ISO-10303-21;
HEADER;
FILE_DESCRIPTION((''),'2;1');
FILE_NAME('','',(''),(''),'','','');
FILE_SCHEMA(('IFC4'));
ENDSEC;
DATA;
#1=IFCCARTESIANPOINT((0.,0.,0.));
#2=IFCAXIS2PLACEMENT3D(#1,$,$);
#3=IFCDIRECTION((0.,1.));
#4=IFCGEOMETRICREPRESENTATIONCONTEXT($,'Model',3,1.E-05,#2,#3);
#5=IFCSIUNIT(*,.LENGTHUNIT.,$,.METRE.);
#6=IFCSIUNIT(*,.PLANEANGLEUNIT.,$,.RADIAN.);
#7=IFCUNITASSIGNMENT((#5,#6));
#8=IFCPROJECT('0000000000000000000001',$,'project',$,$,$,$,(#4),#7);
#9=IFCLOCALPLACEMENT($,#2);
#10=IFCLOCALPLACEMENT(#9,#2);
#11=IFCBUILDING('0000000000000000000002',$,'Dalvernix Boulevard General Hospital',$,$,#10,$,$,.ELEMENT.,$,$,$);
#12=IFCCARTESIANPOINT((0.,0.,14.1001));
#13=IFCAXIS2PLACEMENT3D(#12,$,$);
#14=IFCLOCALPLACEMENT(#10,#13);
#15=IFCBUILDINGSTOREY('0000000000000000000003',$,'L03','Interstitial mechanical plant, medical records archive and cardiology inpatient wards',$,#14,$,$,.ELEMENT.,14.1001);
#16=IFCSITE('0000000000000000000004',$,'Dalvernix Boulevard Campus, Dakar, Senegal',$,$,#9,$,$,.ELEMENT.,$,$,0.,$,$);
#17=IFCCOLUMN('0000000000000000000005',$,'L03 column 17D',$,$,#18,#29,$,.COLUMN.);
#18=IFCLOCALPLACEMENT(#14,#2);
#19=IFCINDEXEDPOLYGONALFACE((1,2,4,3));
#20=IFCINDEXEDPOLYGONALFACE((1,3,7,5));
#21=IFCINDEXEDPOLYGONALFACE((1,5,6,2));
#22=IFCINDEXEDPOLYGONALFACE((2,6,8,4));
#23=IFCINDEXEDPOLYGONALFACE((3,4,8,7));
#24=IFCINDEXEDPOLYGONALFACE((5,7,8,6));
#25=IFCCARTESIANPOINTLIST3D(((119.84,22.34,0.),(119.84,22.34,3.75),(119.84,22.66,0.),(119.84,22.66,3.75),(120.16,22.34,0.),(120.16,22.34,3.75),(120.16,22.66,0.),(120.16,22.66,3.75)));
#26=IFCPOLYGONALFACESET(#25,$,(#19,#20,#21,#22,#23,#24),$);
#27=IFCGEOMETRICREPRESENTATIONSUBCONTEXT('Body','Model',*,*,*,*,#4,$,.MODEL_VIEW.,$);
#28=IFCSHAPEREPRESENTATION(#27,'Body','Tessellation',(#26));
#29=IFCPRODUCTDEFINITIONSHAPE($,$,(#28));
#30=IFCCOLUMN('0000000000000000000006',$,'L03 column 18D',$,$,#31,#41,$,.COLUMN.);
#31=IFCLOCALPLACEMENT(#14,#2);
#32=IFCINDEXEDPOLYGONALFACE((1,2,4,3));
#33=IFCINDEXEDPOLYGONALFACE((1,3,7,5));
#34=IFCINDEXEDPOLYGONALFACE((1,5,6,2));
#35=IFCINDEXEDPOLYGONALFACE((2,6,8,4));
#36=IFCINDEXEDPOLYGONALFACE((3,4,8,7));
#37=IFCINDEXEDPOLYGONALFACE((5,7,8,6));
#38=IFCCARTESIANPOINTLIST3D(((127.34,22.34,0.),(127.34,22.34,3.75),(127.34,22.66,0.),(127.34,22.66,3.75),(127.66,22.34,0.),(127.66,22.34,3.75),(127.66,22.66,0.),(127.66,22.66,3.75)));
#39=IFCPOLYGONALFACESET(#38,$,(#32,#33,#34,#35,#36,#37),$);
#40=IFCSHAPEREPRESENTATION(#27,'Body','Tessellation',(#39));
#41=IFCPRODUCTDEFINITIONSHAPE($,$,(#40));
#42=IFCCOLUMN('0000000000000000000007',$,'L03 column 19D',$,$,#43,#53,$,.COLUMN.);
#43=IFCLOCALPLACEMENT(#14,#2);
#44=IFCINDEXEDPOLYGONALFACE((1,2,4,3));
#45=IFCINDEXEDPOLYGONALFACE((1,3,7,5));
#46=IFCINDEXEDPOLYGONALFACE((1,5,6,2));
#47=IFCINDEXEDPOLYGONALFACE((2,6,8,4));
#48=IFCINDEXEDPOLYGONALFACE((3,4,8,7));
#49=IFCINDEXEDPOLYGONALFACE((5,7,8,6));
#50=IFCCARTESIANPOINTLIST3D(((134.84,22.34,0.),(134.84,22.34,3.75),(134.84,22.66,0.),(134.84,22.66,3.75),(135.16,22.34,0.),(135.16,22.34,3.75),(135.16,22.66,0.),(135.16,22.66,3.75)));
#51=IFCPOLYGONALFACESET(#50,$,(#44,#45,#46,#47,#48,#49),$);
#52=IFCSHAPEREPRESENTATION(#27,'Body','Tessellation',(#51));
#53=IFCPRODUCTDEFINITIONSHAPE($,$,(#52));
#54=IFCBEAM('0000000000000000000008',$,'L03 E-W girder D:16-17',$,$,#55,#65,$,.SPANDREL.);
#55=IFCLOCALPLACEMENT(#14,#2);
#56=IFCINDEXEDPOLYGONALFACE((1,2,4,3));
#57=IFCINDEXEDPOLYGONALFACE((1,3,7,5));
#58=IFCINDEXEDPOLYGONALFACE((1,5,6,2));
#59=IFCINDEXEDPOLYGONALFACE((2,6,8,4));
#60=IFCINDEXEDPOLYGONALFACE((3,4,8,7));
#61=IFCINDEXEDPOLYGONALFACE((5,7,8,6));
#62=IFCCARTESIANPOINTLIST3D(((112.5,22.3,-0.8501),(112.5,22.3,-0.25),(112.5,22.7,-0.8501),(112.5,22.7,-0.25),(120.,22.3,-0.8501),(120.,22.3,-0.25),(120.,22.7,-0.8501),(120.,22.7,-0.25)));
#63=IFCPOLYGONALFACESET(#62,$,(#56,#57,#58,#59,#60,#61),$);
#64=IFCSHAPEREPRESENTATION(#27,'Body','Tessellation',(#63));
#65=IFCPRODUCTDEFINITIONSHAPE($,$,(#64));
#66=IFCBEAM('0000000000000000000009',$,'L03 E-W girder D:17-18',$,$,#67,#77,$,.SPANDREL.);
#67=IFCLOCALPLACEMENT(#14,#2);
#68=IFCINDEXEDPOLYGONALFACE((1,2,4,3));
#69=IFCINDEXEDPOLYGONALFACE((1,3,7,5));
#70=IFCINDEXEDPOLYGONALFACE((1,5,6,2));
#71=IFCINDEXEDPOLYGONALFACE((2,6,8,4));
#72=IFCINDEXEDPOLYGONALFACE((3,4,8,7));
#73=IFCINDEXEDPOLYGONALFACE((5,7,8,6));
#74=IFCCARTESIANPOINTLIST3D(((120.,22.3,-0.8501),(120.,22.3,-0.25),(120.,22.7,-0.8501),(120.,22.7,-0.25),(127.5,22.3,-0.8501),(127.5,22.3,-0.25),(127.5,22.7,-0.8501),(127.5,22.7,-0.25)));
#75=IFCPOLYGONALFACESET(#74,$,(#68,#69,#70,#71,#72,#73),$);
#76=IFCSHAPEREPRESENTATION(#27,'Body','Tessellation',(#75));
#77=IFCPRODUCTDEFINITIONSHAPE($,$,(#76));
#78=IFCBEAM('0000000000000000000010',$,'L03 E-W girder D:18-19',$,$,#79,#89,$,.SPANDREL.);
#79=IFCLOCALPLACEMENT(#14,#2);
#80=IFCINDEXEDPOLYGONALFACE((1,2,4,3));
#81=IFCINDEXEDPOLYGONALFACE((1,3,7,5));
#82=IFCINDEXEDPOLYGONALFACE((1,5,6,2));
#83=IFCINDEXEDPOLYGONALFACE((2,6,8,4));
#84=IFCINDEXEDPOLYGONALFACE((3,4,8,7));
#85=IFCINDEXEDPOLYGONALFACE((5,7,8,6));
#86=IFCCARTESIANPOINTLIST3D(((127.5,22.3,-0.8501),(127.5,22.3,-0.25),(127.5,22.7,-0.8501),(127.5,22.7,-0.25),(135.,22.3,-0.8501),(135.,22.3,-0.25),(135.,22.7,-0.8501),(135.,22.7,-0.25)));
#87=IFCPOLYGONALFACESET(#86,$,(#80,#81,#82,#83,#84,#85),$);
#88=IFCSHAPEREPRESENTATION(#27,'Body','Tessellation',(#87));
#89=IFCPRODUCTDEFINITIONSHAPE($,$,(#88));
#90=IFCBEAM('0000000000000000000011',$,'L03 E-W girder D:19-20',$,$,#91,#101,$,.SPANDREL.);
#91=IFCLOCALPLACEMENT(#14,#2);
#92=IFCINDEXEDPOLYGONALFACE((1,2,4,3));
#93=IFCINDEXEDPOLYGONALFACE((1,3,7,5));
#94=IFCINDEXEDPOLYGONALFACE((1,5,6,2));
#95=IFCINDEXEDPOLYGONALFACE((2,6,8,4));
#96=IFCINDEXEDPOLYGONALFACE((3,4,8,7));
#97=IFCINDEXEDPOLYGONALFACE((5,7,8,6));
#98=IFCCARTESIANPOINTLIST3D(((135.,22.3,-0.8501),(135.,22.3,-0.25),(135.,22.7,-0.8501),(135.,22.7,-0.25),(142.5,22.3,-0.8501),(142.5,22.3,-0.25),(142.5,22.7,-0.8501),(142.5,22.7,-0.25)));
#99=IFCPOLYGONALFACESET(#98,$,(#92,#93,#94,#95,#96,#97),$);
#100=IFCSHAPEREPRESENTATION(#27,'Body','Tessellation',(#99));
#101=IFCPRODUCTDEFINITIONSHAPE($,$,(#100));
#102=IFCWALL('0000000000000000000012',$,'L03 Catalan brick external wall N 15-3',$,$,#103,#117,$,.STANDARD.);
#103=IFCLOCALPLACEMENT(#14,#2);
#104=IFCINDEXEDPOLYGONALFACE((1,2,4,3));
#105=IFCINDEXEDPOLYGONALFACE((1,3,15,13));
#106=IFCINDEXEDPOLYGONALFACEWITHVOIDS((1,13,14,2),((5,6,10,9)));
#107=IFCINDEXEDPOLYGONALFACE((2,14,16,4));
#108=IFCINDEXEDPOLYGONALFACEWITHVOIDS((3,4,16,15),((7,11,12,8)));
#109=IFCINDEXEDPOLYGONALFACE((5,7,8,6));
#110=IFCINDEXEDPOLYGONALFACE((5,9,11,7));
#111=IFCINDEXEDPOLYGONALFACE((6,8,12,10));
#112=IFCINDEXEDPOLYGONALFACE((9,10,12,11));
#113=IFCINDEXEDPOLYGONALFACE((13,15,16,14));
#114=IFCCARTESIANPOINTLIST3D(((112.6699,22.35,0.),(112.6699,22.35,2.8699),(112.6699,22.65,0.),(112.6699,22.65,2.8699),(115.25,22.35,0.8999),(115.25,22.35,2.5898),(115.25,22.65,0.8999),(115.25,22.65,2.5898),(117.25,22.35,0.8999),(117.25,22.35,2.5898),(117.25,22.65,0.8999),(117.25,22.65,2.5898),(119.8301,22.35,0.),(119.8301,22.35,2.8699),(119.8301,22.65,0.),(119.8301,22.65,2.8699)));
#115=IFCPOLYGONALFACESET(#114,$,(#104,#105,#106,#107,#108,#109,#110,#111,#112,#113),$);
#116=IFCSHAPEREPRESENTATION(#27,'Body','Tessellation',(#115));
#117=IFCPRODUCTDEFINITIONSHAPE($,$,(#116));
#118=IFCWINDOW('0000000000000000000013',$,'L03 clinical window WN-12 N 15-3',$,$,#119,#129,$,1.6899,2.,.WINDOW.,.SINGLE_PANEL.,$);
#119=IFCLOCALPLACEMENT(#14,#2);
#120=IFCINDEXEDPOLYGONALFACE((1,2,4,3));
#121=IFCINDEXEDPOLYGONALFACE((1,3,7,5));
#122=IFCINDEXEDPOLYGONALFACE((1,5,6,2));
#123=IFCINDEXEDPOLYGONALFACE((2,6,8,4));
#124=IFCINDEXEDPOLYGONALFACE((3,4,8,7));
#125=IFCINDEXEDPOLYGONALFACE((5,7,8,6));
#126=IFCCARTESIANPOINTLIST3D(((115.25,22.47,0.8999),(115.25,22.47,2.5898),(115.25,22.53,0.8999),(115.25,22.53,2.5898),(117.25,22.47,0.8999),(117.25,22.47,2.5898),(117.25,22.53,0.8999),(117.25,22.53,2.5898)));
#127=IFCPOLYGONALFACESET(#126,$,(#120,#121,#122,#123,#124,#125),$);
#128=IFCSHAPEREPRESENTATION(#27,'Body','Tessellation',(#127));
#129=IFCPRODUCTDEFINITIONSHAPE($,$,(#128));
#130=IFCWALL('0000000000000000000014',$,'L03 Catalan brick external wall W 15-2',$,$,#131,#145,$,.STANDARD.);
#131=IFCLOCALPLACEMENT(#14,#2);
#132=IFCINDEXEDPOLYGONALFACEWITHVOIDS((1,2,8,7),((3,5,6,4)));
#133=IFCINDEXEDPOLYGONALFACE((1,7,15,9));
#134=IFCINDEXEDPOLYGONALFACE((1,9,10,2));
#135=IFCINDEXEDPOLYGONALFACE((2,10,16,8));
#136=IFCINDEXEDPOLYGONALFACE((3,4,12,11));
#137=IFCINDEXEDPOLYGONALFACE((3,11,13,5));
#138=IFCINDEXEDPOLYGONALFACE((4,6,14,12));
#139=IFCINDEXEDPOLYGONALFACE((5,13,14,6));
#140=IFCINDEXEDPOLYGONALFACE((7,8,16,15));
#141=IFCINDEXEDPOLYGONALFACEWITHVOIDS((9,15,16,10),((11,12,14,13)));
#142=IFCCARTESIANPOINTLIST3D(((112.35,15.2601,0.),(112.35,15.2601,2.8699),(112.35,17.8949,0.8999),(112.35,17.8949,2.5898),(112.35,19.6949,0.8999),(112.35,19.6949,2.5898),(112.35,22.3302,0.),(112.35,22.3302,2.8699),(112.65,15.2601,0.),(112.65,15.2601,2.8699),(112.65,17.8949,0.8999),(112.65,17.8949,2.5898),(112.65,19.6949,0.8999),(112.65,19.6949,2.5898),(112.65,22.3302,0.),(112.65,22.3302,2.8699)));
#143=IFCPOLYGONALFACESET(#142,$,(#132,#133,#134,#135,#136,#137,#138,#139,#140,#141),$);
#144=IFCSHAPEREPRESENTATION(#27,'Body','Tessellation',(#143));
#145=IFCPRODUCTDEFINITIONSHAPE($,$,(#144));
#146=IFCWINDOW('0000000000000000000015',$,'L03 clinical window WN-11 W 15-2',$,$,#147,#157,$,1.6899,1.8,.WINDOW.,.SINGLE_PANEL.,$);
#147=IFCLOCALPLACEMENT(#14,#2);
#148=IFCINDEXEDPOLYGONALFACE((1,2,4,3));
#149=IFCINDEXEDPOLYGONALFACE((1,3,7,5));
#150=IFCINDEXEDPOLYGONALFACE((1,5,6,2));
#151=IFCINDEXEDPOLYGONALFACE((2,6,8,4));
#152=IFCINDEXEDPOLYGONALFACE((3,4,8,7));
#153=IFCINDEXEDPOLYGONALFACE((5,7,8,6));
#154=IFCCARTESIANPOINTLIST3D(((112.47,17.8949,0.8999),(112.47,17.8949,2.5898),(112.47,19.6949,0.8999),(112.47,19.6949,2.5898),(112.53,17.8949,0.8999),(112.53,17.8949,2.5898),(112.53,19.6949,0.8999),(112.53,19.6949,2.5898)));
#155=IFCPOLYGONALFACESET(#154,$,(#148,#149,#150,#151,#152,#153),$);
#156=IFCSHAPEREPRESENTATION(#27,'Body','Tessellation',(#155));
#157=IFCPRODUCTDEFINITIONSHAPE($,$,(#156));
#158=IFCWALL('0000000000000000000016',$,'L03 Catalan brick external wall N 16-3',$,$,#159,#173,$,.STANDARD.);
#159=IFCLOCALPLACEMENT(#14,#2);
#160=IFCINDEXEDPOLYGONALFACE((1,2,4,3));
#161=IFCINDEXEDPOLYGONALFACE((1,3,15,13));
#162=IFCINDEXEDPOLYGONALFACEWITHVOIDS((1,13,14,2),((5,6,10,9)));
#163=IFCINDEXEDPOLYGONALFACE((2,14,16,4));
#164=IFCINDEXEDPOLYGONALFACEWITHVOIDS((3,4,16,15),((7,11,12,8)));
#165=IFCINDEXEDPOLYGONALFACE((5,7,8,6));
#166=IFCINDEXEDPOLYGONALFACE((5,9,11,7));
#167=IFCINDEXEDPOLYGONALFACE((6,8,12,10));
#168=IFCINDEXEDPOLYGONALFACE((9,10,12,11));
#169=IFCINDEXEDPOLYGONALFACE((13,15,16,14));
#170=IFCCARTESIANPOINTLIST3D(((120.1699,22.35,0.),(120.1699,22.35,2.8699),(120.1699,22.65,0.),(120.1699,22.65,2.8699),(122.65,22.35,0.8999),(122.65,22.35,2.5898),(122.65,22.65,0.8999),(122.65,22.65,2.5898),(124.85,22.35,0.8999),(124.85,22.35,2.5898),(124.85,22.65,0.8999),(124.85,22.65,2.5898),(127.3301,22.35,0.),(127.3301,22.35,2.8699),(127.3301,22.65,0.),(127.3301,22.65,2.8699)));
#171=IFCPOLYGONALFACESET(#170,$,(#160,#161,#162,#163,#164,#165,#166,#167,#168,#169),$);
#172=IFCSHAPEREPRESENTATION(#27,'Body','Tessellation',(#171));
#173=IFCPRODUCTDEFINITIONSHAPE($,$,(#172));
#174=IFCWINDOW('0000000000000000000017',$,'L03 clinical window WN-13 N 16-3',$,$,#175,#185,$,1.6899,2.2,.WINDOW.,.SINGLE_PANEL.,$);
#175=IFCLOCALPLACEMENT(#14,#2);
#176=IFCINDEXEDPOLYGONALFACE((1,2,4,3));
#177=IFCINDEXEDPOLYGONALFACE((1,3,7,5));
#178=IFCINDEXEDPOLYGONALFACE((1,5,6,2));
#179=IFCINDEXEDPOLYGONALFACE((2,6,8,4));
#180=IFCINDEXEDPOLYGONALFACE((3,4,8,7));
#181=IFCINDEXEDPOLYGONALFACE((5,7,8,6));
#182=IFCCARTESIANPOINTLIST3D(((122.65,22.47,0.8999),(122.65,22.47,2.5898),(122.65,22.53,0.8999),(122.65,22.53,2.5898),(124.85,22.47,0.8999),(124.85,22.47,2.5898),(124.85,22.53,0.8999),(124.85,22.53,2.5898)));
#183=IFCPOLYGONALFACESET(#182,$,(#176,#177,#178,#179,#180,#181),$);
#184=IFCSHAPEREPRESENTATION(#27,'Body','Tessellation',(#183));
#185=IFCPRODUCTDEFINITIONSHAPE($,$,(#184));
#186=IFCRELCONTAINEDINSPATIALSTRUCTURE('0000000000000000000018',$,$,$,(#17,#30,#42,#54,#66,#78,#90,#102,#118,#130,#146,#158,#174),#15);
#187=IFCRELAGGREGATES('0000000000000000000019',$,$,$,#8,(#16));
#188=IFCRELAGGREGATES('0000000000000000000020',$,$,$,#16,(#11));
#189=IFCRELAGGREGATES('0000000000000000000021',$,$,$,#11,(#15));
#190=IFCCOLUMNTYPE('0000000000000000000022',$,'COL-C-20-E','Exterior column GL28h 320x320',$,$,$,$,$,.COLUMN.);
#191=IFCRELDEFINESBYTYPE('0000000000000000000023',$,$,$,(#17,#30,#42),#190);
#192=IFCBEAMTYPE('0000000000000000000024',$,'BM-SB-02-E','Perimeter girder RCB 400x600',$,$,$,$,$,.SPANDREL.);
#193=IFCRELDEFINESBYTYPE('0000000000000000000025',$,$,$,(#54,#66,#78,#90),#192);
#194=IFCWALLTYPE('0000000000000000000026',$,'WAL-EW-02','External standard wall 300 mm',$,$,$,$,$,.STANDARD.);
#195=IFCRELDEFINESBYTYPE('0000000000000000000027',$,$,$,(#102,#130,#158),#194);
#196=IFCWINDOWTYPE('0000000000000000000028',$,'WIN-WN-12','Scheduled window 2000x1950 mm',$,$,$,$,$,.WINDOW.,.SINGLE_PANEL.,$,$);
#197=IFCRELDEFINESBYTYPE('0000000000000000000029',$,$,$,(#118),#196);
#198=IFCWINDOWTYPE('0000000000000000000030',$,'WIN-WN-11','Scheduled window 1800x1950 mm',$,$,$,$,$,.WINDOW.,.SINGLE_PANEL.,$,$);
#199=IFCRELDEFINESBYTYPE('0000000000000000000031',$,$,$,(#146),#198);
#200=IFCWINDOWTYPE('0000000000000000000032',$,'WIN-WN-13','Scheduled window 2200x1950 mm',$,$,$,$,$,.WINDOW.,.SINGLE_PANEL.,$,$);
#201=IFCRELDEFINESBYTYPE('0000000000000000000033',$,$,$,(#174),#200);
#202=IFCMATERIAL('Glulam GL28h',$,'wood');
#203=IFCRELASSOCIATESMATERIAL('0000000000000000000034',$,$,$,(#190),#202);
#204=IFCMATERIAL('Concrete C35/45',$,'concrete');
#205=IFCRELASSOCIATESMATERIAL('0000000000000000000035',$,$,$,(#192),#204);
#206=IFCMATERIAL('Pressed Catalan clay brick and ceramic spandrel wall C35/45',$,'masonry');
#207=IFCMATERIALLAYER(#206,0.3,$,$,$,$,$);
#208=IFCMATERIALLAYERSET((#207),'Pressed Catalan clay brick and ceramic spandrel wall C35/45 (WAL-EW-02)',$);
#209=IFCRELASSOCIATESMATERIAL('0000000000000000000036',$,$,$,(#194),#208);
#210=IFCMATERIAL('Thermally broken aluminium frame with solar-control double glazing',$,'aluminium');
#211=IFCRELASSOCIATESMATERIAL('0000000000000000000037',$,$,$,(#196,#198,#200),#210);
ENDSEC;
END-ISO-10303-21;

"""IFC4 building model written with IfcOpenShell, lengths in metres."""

from ifc_helpers import new_model, si_unit, direction, frame, frame_2d, origin, origin_2d, place, context, subcontext, project, spatial, rectangle, extrude, material, layer, layer_set, material_profile, profile_set, type_object, element, fill, save


model = new_model("IFC4")

# Units and contexts
model_context = context("Model", 3, precision=1e-05, world=origin(), true_north=direction((0.0, 1.0)))
body_context = subcontext(model_context, "Body", "Model", "MODEL_VIEW")
ifc_project = project(units=[si_unit("LENGTHUNIT", "METRE"), si_unit("PLANEANGLEUNIT", "RADIAN")], contexts=[model_context])

# Site, building, storey
site_placement = place(None, origin())
site = spatial("IfcSite", under=ifc_project, at=site_placement, Name="Dalvernix Boulevard Campus, Dakar, Senegal", CompositionType="ELEMENT", RefElevation=0.0)
building_placement = place(site_placement, origin())
building = spatial("IfcBuilding", under=site, at=building_placement, Name="Dalvernix Boulevard General Hospital", CompositionType="ELEMENT")
storey_placement = place(building_placement, frame((0.0, 0.0, 14.1001)))
storey = spatial("IfcBuildingStorey", under=building, at=storey_placement, Name="L03", Description="Interstitial mechanical plant, medical records archive and cardiology inpatient wards", CompositionType="ELEMENT", Elevation=14.1001)

# Columns
ifc_material_1 = material(Name="Glulam GL28h", Category="wood")
ifc_material_profile_1 = material_profile(ifc_material_1, rectangle(XDim=0.3201, YDim=0.3201, at=origin_2d()), Name="GL28h 320x320")
ifc_profile_set_1 = profile_set([ifc_material_profile_1], Name="Glulam GL28h")
column_type = type_object("IfcColumnType", Name="COL-C-20-E", Description="Exterior column GL28h 320x320", PredefinedType="COLUMN", material=ifc_profile_set_1)
for number, where, z_axis, x_axis, name in (
    (1, (120.0, 22.5, 0.0), (0.0, 0.0, 1.0), (1.0, 0.0, 0.0), "L03 column 17D"),
    (2, (127.5, 22.5, 0.0), (0.0, 0.0, 1.0), (1.0, 0.0, 0.0), "L03 column 18D"),
    (3, (135.0, 22.5, 0.0), (0.0, 0.0, 1.0), (1.0, 0.0, 0.0), "L03 column 19D"),
):
    element("IfcColumn", number, at=place(storey_placement, frame(where, z_axis=z_axis, x_axis=x_axis)), inside=storey, type_object=column_type, Name=name, PredefinedType="COLUMN", context=body_context, shape_type="SweptSolid", body=[
        extrude(rectangle(XDim=0.3201, YDim=0.3201, at=origin_2d()), origin(), (0.0, 0.0, 1.0), 3.75),
    ])

# Beams
ifc_material_2 = material(Name="Concrete C35/45", Category="concrete")
ifc_material_profile_2 = material_profile(ifc_material_2, rectangle(XDim=0.3999, YDim=0.6001, at=origin_2d()), Name="RCB 400x600")
ifc_profile_set_2 = profile_set([ifc_material_profile_2], Name="Concrete C35/45")
beam_type = type_object("IfcBeamType", Name="BM-SB-02-E", Description="Perimeter girder RCB 400x600", PredefinedType="SPANDREL", material=ifc_profile_set_2)
for number, where, z_axis, x_axis, name in (
    (4, (112.5, 22.5, -0.55), (1.0, 0.0, 0.0), (0.0, 1.0, 0.0), "L03 E-W girder D:16-17"),
    (5, (120.0, 22.5, -0.55), (1.0, 0.0, 0.0), (0.0, 1.0, 0.0), "L03 E-W girder D:17-18"),
    (6, (127.5, 22.5, -0.55), (1.0, 0.0, 0.0), (0.0, 1.0, 0.0), "L03 E-W girder D:18-19"),
    (7, (135.0, 22.5, -0.55), (1.0, 0.0, 0.0), (0.0, 1.0, 0.0), "L03 E-W girder D:19-20"),
):
    element("IfcBeam", number, at=place(storey_placement, frame(where, z_axis=z_axis, x_axis=x_axis)), inside=storey, type_object=beam_type, Name=name, PredefinedType="SPANDREL", context=body_context, shape_type="SweptSolid", body=[
        extrude(rectangle(XDim=0.3999, YDim=0.6001, at=origin_2d()), origin(), (0.0, 0.0, 1.0), 7.5),
    ])

# Walls, openings, windows
ifc_material_3 = material(Name="Pressed Catalan clay brick and ceramic spandrel wall C35/45", Category="masonry")
ifc_layer_1 = layer(ifc_material_3, 0.3)
ifc_layer_set_1 = layer_set([ifc_layer_1], Name="Pressed Catalan clay brick and ceramic spandrel wall C35/45 (WAL-EW-02)")
wall_type_1 = type_object("IfcWallType", Name="WAL-EW-02", Description="External standard wall 300 mm", PredefinedType="STANDARD", material=ifc_layer_set_1)
wall_1_placement = place(storey_placement, frame((112.6699, 22.5, 0.0), z_axis=(0.0, 0.0, 1.0), x_axis=(1.0, 0.0, 0.0)))
wall_1 = element("IfcWall", 8, at=wall_1_placement, inside=storey, type_object=wall_type_1, Name="L03 Catalan brick external wall N 15-3", PredefinedType="STANDARD", context=body_context, shape_type="SweptSolid", body=[
    extrude(rectangle(XDim=7.1602, YDim=0.3, at=frame_2d((3.5801, 0.0))), origin(), (0.0, 0.0, 1.0), 2.8699),
])
opening_1_placement = place(wall_1_placement, frame((2.5801, 0.0, 0.8999)))
opening_1 = element("IfcOpeningElement", 9, at=opening_1_placement, cuts=wall_1, PredefinedType="OPENING", context=body_context, shape_type="SweptSolid", body=[
    extrude(rectangle(XDim=2.0, YDim=1.6899, at=frame_2d((1.0, 0.845))), frame((0.0, 0.1599, 0.0), z_axis=(0.0, -1.0, 0.0), x_axis=(1.0, 0.0, 0.0)), (0.0, 0.0, 1.0), 0.3201),
])
ifc_material_4 = material(Name="Thermally broken aluminium frame with solar-control double glazing", Category="aluminium")
window_type_1 = type_object("IfcWindowType", Name="WIN-WN-12", Description="Scheduled window 2000x1950 mm", PartitioningType="SINGLE_PANEL", PredefinedType="WINDOW", material=ifc_material_4)
window_1_placement = place(opening_1_placement, origin())
window_1 = element("IfcWindow", 10, at=window_1_placement, inside=storey, type_object=window_type_1, Name="L03 clinical window WN-12 N 15-3", OverallHeight=1.6899, OverallWidth=2.0, PartitioningType="SINGLE_PANEL", PredefinedType="WINDOW", context=body_context, shape_type="SweptSolid", body=[
    extrude(rectangle(XDim=2.0, YDim=1.6899, at=frame_2d((1.0, 0.845))), frame((0.0, 0.03, 0.0), z_axis=(0.0, -1.0, 0.0), x_axis=(1.0, 0.0, 0.0)), (0.0, 0.0, 1.0), 0.0601),
])
fill(opening_1, window_1)
wall_2_placement = place(storey_placement, frame((112.5, 15.26, 0.0), z_axis=(0.0, 0.0, 1.0), x_axis=(0.0, 1.0, 0.0)))
wall_2 = element("IfcWall", 11, at=wall_2_placement, inside=storey, type_object=wall_type_1, Name="L03 Catalan brick external wall W 15-2", PredefinedType="STANDARD", context=body_context, shape_type="SweptSolid", body=[
    extrude(rectangle(XDim=7.0701, YDim=0.3, at=frame_2d((3.5352, 0.0))), origin(), (0.0, 0.0, 1.0), 2.8699),
])
opening_2_placement = place(wall_2_placement, frame((2.635, 0.0, 0.8999)))
opening_2 = element("IfcOpeningElement", 12, at=opening_2_placement, cuts=wall_2, PredefinedType="OPENING", context=body_context, shape_type="SweptSolid", body=[
    extrude(rectangle(XDim=1.8, YDim=1.6899, at=frame_2d((0.8999, 0.845))), frame((0.0, 0.1599, 0.0), z_axis=(0.0, -1.0, 0.0), x_axis=(1.0, 0.0, 0.0)), (0.0, 0.0, 1.0), 0.3201),
])
window_type_2 = type_object("IfcWindowType", Name="WIN-WN-11", Description="Scheduled window 1800x1950 mm", PartitioningType="SINGLE_PANEL", PredefinedType="WINDOW", material=ifc_material_4)
window_2_placement = place(opening_2_placement, origin())
window_2 = element("IfcWindow", 13, at=window_2_placement, inside=storey, type_object=window_type_2, Name="L03 clinical window WN-11 W 15-2", OverallHeight=1.6899, OverallWidth=1.8, PartitioningType="SINGLE_PANEL", PredefinedType="WINDOW", context=body_context, shape_type="SweptSolid", body=[
    extrude(rectangle(XDim=1.8, YDim=1.6899, at=frame_2d((0.8999, 0.845))), frame((0.0, 0.03, 0.0), z_axis=(0.0, -1.0, 0.0), x_axis=(1.0, 0.0, 0.0)), (0.0, 0.0, 1.0), 0.0601),
])
fill(opening_2, window_2)
wall_3_placement = place(storey_placement, frame((120.1699, 22.5, 0.0), z_axis=(0.0, 0.0, 1.0), x_axis=(1.0, 0.0, 0.0)))
wall_3 = element("IfcWall", 14, at=wall_3_placement, inside=storey, type_object=wall_type_1, Name="L03 Catalan brick external wall N 16-3", PredefinedType="STANDARD", context=body_context, shape_type="SweptSolid", body=[
    extrude(rectangle(XDim=7.1602, YDim=0.3, at=frame_2d((3.5801, 0.0))), origin(), (0.0, 0.0, 1.0), 2.8699),
])
opening_3_placement = place(wall_3_placement, frame((2.48, 0.0, 0.8999)))
opening_3 = element("IfcOpeningElement", 15, at=opening_3_placement, cuts=wall_3, PredefinedType="OPENING", context=body_context, shape_type="SweptSolid", body=[
    extrude(rectangle(XDim=2.2, YDim=1.6899, at=frame_2d((1.1001, 0.845))), frame((0.0, 0.1599, 0.0), z_axis=(0.0, -1.0, 0.0), x_axis=(1.0, 0.0, 0.0)), (0.0, 0.0, 1.0), 0.3201),
])
window_type_3 = type_object("IfcWindowType", Name="WIN-WN-13", Description="Scheduled window 2200x1950 mm", PartitioningType="SINGLE_PANEL", PredefinedType="WINDOW", material=ifc_material_4)
window_3_placement = place(opening_3_placement, origin())
window_3 = element("IfcWindow", 16, at=window_3_placement, inside=storey, type_object=window_type_3, Name="L03 clinical window WN-13 N 16-3", OverallHeight=1.6899, OverallWidth=2.2, PartitioningType="SINGLE_PANEL", PredefinedType="WINDOW", context=body_context, shape_type="SweptSolid", body=[
    extrude(rectangle(XDim=2.2, YDim=1.6899, at=frame_2d((1.1001, 0.845))), frame((0.0, 0.03, 0.0), z_axis=(0.0, -1.0, 0.0), x_axis=(1.0, 0.0, 0.0)), (0.0, 0.0, 1.0), 0.0601),
])
fill(opening_3, window_3)

save(model, "model.ifc")
